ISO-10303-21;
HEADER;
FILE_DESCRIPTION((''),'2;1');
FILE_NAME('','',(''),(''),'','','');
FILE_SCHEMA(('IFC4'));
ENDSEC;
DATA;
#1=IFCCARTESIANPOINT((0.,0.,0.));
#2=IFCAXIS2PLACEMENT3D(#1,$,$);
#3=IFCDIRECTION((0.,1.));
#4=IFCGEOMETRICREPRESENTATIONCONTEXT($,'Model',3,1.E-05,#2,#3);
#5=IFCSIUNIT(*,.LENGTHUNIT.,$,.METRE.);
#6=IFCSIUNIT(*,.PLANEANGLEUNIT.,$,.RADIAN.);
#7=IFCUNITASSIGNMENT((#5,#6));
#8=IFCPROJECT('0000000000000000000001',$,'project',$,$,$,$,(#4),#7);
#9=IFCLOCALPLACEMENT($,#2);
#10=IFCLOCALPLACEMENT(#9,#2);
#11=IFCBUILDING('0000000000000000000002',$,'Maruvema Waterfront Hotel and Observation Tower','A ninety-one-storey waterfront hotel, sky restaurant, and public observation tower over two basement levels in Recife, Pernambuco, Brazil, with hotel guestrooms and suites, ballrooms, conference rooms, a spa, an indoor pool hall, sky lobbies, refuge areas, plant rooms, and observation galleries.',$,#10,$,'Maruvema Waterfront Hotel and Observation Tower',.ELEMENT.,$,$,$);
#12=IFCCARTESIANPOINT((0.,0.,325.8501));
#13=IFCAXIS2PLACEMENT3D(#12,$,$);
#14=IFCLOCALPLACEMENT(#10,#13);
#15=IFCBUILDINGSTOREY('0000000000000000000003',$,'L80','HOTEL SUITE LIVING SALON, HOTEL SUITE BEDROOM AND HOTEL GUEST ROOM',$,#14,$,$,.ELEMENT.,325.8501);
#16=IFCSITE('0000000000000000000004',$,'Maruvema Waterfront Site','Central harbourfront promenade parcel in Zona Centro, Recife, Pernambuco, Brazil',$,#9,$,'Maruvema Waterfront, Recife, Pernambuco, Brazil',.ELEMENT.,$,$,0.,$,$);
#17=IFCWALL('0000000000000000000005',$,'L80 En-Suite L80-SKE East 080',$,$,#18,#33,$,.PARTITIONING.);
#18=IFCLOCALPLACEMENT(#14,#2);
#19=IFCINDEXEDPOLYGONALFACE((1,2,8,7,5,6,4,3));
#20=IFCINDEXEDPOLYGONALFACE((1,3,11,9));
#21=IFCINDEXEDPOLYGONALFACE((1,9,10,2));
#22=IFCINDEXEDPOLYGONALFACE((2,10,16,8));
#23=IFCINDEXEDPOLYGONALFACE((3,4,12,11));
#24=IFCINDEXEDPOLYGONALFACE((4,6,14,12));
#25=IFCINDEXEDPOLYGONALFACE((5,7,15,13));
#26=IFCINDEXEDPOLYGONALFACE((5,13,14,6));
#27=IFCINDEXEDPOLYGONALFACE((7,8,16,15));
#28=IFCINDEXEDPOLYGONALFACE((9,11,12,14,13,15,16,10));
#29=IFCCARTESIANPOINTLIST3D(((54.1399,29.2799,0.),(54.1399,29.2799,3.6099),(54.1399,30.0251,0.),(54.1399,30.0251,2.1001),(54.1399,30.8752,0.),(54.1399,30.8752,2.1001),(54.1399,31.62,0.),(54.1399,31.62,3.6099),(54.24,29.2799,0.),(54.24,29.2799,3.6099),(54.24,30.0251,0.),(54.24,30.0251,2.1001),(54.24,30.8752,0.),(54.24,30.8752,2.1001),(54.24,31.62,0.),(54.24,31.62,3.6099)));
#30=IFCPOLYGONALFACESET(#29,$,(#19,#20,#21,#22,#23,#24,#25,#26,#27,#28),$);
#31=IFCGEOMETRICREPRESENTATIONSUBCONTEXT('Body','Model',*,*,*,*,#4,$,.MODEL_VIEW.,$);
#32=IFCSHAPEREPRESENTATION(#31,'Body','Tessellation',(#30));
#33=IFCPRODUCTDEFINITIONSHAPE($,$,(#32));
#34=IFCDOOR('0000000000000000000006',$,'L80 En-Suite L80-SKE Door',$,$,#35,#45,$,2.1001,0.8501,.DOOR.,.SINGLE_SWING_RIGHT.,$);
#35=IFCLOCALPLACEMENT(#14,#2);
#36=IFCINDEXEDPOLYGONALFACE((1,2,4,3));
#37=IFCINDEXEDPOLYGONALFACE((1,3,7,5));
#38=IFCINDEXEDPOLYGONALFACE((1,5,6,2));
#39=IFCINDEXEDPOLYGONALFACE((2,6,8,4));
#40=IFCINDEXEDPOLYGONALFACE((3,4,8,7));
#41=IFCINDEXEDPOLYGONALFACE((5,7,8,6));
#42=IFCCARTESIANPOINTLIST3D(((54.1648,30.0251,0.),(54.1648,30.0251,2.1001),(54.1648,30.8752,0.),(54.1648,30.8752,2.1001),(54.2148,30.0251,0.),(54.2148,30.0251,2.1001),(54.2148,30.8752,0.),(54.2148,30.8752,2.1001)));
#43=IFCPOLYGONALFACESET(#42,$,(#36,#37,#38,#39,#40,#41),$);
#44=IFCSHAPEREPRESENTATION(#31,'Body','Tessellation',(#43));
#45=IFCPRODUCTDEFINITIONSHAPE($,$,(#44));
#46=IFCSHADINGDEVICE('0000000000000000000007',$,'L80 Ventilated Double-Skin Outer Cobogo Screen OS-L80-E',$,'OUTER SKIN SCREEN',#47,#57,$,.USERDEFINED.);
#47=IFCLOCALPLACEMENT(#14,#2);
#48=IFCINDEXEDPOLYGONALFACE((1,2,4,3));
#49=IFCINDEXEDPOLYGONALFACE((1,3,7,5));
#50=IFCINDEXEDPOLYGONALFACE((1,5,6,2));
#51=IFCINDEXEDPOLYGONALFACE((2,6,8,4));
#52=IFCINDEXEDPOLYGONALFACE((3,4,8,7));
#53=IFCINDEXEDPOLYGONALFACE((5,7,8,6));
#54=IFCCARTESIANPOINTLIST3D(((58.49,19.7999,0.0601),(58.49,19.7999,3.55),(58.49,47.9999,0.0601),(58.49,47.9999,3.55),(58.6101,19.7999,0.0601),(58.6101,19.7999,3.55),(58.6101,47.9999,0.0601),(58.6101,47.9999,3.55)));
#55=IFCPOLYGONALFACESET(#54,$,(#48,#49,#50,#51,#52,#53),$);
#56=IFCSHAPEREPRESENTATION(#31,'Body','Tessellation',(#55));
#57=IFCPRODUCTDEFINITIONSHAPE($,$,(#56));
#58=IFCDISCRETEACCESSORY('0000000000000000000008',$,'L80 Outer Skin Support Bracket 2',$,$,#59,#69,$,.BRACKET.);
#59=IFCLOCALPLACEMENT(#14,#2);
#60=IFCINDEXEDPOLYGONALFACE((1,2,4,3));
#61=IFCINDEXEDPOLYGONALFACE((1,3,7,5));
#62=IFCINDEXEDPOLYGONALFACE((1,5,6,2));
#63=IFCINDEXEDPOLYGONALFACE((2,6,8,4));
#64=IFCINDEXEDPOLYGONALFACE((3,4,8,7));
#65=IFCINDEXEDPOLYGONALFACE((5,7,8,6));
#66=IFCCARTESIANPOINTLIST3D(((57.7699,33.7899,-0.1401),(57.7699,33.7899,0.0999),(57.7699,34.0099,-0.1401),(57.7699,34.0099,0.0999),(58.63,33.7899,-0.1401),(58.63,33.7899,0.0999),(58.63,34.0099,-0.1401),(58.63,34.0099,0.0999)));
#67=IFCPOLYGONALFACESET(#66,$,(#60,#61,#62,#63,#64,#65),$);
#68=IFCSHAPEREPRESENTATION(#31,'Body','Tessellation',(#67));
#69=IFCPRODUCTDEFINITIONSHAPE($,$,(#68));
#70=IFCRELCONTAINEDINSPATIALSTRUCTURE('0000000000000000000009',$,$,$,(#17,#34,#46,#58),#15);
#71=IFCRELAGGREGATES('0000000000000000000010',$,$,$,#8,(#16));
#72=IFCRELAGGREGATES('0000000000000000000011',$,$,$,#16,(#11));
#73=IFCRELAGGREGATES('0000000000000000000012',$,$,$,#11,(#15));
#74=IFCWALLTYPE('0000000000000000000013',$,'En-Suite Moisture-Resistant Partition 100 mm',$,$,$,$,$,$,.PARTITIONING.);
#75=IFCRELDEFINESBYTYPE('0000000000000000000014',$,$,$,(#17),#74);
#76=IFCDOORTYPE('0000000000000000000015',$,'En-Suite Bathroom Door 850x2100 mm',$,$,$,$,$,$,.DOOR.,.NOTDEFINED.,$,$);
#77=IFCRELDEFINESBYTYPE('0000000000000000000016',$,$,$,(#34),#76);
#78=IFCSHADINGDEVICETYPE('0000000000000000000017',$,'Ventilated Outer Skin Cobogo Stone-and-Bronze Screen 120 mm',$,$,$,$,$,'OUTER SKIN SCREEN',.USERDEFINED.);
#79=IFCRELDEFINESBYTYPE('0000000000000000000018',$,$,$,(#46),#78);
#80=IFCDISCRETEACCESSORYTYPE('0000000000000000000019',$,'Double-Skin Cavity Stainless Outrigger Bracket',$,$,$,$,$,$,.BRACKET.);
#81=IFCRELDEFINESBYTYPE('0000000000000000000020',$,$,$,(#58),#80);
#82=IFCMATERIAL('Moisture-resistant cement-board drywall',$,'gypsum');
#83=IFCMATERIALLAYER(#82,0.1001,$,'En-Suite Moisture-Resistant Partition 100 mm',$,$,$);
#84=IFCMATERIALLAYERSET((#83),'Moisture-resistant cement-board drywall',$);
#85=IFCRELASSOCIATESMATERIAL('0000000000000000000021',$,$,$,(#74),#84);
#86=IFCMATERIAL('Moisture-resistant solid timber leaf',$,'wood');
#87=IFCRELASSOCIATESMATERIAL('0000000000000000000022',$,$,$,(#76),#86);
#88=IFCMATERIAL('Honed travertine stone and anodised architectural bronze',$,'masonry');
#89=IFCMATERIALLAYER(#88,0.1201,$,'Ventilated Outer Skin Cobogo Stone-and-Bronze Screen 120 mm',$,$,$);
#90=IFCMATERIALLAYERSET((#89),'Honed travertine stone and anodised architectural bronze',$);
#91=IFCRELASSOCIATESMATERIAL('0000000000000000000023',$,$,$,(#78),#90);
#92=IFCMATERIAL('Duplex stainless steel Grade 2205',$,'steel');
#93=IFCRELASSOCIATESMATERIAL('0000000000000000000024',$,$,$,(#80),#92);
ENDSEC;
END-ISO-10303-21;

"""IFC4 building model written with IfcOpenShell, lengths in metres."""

from ifc_helpers import new_model, si_unit, direction, frame, frame_2d, origin, origin_2d, place, context, subcontext, project, spatial, rectangle, extrude, material, layer, layer_set, type_object, element, fill, save


model = new_model("IFC4")

# Units and contexts
model_context = context("Model", 3, precision=1e-05, world=origin(), true_north=direction((0.0, 1.0)))
body_context = subcontext(model_context, "Body", "Model", "MODEL_VIEW")
ifc_project = project(units=[si_unit("LENGTHUNIT", "METRE"), si_unit("PLANEANGLEUNIT", "RADIAN")], contexts=[model_context])

# Site, building, storey
site_placement = place(None, origin())
site = spatial("IfcSite", under=ifc_project, at=site_placement, Name="Maruvema Waterfront Site", Description="Central harbourfront promenade parcel in Zona Centro, Recife, Pernambuco, Brazil", LongName="Maruvema Waterfront, Recife, Pernambuco, Brazil", CompositionType="ELEMENT", RefElevation=0.0)
building_placement = place(site_placement, origin())
building = spatial("IfcBuilding", under=site, at=building_placement, Name="Maruvema Waterfront Hotel and Observation Tower", Description="A ninety-one-storey waterfront hotel, sky restaurant, and public observation tower over two basement levels in Recife, Pernambuco, Brazil, with hotel guestrooms and suites, ballrooms, conference rooms, a spa, an indoor pool hall, sky lobbies, refuge areas, plant rooms, and observation galleries.", LongName="Maruvema Waterfront Hotel and Observation Tower", CompositionType="ELEMENT")
storey_placement = place(building_placement, frame((0.0, 0.0, 325.8501)))
storey = spatial("IfcBuildingStorey", under=building, at=storey_placement, Name="L80", Description="HOTEL SUITE LIVING SALON, HOTEL SUITE BEDROOM AND HOTEL GUEST ROOM", CompositionType="ELEMENT", Elevation=325.8501)

# Shared definitions
ifc_material_1 = material(Name="Moisture-resistant cement-board drywall", Category="gypsum")
ifc_layer_1 = layer(ifc_material_1, 0.1001, Name="En-Suite Moisture-Resistant Partition 100 mm")
ifc_layer_set_1 = layer_set([ifc_layer_1], Name="Moisture-resistant cement-board drywall")
wall_type_1 = type_object("IfcWallType", Name="En-Suite Moisture-Resistant Partition 100 mm", PredefinedType="PARTITIONING", material=ifc_layer_set_1)

# Wall, opening, door
wall_1_placement = place(storey_placement, frame((54.1899, 29.28, 0.0), z_axis=(0.0, 0.0, 1.0), x_axis=(0.0, 1.0, 0.0)))
wall_1 = element("IfcWall", 1, at=wall_1_placement, inside=storey, type_object=wall_type_1, Name="L80 En-Suite L80-SKE East 080", PredefinedType="PARTITIONING", context=body_context, shape_type="SweptSolid", body=[
    extrude(rectangle(XDim=2.3401, YDim=0.1001, at=frame_2d((1.1699, 0.0))), origin(), (0.0, 0.0, 1.0), 3.6099),
])
opening_1_placement = place(wall_1_placement, frame((0.7451, 0.0, 0.0)))
opening_1 = element("IfcOpeningElement", 2, at=opening_1_placement, cuts=wall_1, PredefinedType="OPENING", context=body_context, shape_type="SweptSolid", body=[
    extrude(rectangle(XDim=0.8501, YDim=2.1001, at=frame_2d((0.425, 1.05))), frame((0.0, 0.0601, 0.0), z_axis=(0.0, -1.0, 0.0), x_axis=(1.0, 0.0, 0.0)), (0.0, 0.0, 1.0), 0.1201),
])
ifc_material_2 = material(Name="Moisture-resistant solid timber leaf", Category="wood")
door_type_1 = type_object("IfcDoorType", Name="En-Suite Bathroom Door 850x2100 mm", OperationType="NOTDEFINED", PredefinedType="DOOR", material=ifc_material_2)
door_1_placement = place(opening_1_placement, frame((0.8501, 0.0, 0.0), z_axis=(0.0, 0.0, 1.0), x_axis=(-1.0, 0.0, 0.0)))
door_1 = element("IfcDoor", 3, at=door_1_placement, inside=storey, type_object=door_type_1, Name="L80 En-Suite L80-SKE Door", OperationType="SINGLE_SWING_RIGHT", OverallHeight=2.1001, OverallWidth=0.8501, PredefinedType="DOOR", context=body_context, shape_type="SweptSolid", body=[
    extrude(rectangle(XDim=0.8501, YDim=2.1001, at=frame_2d((0.425, 1.05))), frame((0.0, 0.0249, 0.0), z_axis=(0.0, -1.0, 0.0), x_axis=(1.0, 0.0, 0.0)), (0.0, 0.0, 1.0), 0.05),
])
fill(opening_1, door_1)

# Shading device
ifc_material_3 = material(Name="Honed travertine stone and anodised architectural bronze", Category="masonry")
ifc_layer_2 = layer(ifc_material_3, 0.1201, Name="Ventilated Outer Skin Cobogo Stone-and-Bronze Screen 120 mm")
ifc_layer_set_2 = layer_set([ifc_layer_2], Name="Honed travertine stone and anodised architectural bronze")
shading_device_type = type_object("IfcShadingDeviceType", Name="Ventilated Outer Skin Cobogo Stone-and-Bronze Screen 120 mm", ElementType="OUTER SKIN SCREEN", PredefinedType="USERDEFINED", material=ifc_layer_set_2)
shading_device_placement = place(storey_placement, frame((58.55, 33.8999, 0.0601), z_axis=(0.0, 0.0, 1.0), x_axis=(0.0, 1.0, 0.0)))
element("IfcShadingDevice", 4, at=shading_device_placement, inside=storey, type_object=shading_device_type, Name="L80 Ventilated Double-Skin Outer Cobogo Screen OS-L80-E", ObjectType="OUTER SKIN SCREEN", PredefinedType="USERDEFINED", context=body_context, shape_type="SweptSolid", body=[
    extrude(rectangle(XDim=28.2, YDim=0.1201, at=origin_2d()), origin(), (0.0, 0.0, 1.0), 3.49),
])

# Discrete accessory
ifc_material_4 = material(Name="Duplex stainless steel Grade 2205", Category="steel")
discrete_accessory_type = type_object("IfcDiscreteAccessoryType", Name="Double-Skin Cavity Stainless Outrigger Bracket", PredefinedType="BRACKET", material=ifc_material_4)
discrete_accessory_placement = place(storey_placement, frame((58.2, 33.8999, -0.1401), z_axis=(0.0, 0.0, 1.0), x_axis=(0.0, 1.0, 0.0)))
element("IfcDiscreteAccessory", 5, at=discrete_accessory_placement, inside=storey, type_object=discrete_accessory_type, Name="L80 Outer Skin Support Bracket 2", PredefinedType="BRACKET", context=body_context, shape_type="SweptSolid", body=[
    extrude(rectangle(XDim=0.22, YDim=0.8601, at=origin_2d()), origin(), (0.0, 0.0, 1.0), 0.24),
])

save(model, "model.ifc")
